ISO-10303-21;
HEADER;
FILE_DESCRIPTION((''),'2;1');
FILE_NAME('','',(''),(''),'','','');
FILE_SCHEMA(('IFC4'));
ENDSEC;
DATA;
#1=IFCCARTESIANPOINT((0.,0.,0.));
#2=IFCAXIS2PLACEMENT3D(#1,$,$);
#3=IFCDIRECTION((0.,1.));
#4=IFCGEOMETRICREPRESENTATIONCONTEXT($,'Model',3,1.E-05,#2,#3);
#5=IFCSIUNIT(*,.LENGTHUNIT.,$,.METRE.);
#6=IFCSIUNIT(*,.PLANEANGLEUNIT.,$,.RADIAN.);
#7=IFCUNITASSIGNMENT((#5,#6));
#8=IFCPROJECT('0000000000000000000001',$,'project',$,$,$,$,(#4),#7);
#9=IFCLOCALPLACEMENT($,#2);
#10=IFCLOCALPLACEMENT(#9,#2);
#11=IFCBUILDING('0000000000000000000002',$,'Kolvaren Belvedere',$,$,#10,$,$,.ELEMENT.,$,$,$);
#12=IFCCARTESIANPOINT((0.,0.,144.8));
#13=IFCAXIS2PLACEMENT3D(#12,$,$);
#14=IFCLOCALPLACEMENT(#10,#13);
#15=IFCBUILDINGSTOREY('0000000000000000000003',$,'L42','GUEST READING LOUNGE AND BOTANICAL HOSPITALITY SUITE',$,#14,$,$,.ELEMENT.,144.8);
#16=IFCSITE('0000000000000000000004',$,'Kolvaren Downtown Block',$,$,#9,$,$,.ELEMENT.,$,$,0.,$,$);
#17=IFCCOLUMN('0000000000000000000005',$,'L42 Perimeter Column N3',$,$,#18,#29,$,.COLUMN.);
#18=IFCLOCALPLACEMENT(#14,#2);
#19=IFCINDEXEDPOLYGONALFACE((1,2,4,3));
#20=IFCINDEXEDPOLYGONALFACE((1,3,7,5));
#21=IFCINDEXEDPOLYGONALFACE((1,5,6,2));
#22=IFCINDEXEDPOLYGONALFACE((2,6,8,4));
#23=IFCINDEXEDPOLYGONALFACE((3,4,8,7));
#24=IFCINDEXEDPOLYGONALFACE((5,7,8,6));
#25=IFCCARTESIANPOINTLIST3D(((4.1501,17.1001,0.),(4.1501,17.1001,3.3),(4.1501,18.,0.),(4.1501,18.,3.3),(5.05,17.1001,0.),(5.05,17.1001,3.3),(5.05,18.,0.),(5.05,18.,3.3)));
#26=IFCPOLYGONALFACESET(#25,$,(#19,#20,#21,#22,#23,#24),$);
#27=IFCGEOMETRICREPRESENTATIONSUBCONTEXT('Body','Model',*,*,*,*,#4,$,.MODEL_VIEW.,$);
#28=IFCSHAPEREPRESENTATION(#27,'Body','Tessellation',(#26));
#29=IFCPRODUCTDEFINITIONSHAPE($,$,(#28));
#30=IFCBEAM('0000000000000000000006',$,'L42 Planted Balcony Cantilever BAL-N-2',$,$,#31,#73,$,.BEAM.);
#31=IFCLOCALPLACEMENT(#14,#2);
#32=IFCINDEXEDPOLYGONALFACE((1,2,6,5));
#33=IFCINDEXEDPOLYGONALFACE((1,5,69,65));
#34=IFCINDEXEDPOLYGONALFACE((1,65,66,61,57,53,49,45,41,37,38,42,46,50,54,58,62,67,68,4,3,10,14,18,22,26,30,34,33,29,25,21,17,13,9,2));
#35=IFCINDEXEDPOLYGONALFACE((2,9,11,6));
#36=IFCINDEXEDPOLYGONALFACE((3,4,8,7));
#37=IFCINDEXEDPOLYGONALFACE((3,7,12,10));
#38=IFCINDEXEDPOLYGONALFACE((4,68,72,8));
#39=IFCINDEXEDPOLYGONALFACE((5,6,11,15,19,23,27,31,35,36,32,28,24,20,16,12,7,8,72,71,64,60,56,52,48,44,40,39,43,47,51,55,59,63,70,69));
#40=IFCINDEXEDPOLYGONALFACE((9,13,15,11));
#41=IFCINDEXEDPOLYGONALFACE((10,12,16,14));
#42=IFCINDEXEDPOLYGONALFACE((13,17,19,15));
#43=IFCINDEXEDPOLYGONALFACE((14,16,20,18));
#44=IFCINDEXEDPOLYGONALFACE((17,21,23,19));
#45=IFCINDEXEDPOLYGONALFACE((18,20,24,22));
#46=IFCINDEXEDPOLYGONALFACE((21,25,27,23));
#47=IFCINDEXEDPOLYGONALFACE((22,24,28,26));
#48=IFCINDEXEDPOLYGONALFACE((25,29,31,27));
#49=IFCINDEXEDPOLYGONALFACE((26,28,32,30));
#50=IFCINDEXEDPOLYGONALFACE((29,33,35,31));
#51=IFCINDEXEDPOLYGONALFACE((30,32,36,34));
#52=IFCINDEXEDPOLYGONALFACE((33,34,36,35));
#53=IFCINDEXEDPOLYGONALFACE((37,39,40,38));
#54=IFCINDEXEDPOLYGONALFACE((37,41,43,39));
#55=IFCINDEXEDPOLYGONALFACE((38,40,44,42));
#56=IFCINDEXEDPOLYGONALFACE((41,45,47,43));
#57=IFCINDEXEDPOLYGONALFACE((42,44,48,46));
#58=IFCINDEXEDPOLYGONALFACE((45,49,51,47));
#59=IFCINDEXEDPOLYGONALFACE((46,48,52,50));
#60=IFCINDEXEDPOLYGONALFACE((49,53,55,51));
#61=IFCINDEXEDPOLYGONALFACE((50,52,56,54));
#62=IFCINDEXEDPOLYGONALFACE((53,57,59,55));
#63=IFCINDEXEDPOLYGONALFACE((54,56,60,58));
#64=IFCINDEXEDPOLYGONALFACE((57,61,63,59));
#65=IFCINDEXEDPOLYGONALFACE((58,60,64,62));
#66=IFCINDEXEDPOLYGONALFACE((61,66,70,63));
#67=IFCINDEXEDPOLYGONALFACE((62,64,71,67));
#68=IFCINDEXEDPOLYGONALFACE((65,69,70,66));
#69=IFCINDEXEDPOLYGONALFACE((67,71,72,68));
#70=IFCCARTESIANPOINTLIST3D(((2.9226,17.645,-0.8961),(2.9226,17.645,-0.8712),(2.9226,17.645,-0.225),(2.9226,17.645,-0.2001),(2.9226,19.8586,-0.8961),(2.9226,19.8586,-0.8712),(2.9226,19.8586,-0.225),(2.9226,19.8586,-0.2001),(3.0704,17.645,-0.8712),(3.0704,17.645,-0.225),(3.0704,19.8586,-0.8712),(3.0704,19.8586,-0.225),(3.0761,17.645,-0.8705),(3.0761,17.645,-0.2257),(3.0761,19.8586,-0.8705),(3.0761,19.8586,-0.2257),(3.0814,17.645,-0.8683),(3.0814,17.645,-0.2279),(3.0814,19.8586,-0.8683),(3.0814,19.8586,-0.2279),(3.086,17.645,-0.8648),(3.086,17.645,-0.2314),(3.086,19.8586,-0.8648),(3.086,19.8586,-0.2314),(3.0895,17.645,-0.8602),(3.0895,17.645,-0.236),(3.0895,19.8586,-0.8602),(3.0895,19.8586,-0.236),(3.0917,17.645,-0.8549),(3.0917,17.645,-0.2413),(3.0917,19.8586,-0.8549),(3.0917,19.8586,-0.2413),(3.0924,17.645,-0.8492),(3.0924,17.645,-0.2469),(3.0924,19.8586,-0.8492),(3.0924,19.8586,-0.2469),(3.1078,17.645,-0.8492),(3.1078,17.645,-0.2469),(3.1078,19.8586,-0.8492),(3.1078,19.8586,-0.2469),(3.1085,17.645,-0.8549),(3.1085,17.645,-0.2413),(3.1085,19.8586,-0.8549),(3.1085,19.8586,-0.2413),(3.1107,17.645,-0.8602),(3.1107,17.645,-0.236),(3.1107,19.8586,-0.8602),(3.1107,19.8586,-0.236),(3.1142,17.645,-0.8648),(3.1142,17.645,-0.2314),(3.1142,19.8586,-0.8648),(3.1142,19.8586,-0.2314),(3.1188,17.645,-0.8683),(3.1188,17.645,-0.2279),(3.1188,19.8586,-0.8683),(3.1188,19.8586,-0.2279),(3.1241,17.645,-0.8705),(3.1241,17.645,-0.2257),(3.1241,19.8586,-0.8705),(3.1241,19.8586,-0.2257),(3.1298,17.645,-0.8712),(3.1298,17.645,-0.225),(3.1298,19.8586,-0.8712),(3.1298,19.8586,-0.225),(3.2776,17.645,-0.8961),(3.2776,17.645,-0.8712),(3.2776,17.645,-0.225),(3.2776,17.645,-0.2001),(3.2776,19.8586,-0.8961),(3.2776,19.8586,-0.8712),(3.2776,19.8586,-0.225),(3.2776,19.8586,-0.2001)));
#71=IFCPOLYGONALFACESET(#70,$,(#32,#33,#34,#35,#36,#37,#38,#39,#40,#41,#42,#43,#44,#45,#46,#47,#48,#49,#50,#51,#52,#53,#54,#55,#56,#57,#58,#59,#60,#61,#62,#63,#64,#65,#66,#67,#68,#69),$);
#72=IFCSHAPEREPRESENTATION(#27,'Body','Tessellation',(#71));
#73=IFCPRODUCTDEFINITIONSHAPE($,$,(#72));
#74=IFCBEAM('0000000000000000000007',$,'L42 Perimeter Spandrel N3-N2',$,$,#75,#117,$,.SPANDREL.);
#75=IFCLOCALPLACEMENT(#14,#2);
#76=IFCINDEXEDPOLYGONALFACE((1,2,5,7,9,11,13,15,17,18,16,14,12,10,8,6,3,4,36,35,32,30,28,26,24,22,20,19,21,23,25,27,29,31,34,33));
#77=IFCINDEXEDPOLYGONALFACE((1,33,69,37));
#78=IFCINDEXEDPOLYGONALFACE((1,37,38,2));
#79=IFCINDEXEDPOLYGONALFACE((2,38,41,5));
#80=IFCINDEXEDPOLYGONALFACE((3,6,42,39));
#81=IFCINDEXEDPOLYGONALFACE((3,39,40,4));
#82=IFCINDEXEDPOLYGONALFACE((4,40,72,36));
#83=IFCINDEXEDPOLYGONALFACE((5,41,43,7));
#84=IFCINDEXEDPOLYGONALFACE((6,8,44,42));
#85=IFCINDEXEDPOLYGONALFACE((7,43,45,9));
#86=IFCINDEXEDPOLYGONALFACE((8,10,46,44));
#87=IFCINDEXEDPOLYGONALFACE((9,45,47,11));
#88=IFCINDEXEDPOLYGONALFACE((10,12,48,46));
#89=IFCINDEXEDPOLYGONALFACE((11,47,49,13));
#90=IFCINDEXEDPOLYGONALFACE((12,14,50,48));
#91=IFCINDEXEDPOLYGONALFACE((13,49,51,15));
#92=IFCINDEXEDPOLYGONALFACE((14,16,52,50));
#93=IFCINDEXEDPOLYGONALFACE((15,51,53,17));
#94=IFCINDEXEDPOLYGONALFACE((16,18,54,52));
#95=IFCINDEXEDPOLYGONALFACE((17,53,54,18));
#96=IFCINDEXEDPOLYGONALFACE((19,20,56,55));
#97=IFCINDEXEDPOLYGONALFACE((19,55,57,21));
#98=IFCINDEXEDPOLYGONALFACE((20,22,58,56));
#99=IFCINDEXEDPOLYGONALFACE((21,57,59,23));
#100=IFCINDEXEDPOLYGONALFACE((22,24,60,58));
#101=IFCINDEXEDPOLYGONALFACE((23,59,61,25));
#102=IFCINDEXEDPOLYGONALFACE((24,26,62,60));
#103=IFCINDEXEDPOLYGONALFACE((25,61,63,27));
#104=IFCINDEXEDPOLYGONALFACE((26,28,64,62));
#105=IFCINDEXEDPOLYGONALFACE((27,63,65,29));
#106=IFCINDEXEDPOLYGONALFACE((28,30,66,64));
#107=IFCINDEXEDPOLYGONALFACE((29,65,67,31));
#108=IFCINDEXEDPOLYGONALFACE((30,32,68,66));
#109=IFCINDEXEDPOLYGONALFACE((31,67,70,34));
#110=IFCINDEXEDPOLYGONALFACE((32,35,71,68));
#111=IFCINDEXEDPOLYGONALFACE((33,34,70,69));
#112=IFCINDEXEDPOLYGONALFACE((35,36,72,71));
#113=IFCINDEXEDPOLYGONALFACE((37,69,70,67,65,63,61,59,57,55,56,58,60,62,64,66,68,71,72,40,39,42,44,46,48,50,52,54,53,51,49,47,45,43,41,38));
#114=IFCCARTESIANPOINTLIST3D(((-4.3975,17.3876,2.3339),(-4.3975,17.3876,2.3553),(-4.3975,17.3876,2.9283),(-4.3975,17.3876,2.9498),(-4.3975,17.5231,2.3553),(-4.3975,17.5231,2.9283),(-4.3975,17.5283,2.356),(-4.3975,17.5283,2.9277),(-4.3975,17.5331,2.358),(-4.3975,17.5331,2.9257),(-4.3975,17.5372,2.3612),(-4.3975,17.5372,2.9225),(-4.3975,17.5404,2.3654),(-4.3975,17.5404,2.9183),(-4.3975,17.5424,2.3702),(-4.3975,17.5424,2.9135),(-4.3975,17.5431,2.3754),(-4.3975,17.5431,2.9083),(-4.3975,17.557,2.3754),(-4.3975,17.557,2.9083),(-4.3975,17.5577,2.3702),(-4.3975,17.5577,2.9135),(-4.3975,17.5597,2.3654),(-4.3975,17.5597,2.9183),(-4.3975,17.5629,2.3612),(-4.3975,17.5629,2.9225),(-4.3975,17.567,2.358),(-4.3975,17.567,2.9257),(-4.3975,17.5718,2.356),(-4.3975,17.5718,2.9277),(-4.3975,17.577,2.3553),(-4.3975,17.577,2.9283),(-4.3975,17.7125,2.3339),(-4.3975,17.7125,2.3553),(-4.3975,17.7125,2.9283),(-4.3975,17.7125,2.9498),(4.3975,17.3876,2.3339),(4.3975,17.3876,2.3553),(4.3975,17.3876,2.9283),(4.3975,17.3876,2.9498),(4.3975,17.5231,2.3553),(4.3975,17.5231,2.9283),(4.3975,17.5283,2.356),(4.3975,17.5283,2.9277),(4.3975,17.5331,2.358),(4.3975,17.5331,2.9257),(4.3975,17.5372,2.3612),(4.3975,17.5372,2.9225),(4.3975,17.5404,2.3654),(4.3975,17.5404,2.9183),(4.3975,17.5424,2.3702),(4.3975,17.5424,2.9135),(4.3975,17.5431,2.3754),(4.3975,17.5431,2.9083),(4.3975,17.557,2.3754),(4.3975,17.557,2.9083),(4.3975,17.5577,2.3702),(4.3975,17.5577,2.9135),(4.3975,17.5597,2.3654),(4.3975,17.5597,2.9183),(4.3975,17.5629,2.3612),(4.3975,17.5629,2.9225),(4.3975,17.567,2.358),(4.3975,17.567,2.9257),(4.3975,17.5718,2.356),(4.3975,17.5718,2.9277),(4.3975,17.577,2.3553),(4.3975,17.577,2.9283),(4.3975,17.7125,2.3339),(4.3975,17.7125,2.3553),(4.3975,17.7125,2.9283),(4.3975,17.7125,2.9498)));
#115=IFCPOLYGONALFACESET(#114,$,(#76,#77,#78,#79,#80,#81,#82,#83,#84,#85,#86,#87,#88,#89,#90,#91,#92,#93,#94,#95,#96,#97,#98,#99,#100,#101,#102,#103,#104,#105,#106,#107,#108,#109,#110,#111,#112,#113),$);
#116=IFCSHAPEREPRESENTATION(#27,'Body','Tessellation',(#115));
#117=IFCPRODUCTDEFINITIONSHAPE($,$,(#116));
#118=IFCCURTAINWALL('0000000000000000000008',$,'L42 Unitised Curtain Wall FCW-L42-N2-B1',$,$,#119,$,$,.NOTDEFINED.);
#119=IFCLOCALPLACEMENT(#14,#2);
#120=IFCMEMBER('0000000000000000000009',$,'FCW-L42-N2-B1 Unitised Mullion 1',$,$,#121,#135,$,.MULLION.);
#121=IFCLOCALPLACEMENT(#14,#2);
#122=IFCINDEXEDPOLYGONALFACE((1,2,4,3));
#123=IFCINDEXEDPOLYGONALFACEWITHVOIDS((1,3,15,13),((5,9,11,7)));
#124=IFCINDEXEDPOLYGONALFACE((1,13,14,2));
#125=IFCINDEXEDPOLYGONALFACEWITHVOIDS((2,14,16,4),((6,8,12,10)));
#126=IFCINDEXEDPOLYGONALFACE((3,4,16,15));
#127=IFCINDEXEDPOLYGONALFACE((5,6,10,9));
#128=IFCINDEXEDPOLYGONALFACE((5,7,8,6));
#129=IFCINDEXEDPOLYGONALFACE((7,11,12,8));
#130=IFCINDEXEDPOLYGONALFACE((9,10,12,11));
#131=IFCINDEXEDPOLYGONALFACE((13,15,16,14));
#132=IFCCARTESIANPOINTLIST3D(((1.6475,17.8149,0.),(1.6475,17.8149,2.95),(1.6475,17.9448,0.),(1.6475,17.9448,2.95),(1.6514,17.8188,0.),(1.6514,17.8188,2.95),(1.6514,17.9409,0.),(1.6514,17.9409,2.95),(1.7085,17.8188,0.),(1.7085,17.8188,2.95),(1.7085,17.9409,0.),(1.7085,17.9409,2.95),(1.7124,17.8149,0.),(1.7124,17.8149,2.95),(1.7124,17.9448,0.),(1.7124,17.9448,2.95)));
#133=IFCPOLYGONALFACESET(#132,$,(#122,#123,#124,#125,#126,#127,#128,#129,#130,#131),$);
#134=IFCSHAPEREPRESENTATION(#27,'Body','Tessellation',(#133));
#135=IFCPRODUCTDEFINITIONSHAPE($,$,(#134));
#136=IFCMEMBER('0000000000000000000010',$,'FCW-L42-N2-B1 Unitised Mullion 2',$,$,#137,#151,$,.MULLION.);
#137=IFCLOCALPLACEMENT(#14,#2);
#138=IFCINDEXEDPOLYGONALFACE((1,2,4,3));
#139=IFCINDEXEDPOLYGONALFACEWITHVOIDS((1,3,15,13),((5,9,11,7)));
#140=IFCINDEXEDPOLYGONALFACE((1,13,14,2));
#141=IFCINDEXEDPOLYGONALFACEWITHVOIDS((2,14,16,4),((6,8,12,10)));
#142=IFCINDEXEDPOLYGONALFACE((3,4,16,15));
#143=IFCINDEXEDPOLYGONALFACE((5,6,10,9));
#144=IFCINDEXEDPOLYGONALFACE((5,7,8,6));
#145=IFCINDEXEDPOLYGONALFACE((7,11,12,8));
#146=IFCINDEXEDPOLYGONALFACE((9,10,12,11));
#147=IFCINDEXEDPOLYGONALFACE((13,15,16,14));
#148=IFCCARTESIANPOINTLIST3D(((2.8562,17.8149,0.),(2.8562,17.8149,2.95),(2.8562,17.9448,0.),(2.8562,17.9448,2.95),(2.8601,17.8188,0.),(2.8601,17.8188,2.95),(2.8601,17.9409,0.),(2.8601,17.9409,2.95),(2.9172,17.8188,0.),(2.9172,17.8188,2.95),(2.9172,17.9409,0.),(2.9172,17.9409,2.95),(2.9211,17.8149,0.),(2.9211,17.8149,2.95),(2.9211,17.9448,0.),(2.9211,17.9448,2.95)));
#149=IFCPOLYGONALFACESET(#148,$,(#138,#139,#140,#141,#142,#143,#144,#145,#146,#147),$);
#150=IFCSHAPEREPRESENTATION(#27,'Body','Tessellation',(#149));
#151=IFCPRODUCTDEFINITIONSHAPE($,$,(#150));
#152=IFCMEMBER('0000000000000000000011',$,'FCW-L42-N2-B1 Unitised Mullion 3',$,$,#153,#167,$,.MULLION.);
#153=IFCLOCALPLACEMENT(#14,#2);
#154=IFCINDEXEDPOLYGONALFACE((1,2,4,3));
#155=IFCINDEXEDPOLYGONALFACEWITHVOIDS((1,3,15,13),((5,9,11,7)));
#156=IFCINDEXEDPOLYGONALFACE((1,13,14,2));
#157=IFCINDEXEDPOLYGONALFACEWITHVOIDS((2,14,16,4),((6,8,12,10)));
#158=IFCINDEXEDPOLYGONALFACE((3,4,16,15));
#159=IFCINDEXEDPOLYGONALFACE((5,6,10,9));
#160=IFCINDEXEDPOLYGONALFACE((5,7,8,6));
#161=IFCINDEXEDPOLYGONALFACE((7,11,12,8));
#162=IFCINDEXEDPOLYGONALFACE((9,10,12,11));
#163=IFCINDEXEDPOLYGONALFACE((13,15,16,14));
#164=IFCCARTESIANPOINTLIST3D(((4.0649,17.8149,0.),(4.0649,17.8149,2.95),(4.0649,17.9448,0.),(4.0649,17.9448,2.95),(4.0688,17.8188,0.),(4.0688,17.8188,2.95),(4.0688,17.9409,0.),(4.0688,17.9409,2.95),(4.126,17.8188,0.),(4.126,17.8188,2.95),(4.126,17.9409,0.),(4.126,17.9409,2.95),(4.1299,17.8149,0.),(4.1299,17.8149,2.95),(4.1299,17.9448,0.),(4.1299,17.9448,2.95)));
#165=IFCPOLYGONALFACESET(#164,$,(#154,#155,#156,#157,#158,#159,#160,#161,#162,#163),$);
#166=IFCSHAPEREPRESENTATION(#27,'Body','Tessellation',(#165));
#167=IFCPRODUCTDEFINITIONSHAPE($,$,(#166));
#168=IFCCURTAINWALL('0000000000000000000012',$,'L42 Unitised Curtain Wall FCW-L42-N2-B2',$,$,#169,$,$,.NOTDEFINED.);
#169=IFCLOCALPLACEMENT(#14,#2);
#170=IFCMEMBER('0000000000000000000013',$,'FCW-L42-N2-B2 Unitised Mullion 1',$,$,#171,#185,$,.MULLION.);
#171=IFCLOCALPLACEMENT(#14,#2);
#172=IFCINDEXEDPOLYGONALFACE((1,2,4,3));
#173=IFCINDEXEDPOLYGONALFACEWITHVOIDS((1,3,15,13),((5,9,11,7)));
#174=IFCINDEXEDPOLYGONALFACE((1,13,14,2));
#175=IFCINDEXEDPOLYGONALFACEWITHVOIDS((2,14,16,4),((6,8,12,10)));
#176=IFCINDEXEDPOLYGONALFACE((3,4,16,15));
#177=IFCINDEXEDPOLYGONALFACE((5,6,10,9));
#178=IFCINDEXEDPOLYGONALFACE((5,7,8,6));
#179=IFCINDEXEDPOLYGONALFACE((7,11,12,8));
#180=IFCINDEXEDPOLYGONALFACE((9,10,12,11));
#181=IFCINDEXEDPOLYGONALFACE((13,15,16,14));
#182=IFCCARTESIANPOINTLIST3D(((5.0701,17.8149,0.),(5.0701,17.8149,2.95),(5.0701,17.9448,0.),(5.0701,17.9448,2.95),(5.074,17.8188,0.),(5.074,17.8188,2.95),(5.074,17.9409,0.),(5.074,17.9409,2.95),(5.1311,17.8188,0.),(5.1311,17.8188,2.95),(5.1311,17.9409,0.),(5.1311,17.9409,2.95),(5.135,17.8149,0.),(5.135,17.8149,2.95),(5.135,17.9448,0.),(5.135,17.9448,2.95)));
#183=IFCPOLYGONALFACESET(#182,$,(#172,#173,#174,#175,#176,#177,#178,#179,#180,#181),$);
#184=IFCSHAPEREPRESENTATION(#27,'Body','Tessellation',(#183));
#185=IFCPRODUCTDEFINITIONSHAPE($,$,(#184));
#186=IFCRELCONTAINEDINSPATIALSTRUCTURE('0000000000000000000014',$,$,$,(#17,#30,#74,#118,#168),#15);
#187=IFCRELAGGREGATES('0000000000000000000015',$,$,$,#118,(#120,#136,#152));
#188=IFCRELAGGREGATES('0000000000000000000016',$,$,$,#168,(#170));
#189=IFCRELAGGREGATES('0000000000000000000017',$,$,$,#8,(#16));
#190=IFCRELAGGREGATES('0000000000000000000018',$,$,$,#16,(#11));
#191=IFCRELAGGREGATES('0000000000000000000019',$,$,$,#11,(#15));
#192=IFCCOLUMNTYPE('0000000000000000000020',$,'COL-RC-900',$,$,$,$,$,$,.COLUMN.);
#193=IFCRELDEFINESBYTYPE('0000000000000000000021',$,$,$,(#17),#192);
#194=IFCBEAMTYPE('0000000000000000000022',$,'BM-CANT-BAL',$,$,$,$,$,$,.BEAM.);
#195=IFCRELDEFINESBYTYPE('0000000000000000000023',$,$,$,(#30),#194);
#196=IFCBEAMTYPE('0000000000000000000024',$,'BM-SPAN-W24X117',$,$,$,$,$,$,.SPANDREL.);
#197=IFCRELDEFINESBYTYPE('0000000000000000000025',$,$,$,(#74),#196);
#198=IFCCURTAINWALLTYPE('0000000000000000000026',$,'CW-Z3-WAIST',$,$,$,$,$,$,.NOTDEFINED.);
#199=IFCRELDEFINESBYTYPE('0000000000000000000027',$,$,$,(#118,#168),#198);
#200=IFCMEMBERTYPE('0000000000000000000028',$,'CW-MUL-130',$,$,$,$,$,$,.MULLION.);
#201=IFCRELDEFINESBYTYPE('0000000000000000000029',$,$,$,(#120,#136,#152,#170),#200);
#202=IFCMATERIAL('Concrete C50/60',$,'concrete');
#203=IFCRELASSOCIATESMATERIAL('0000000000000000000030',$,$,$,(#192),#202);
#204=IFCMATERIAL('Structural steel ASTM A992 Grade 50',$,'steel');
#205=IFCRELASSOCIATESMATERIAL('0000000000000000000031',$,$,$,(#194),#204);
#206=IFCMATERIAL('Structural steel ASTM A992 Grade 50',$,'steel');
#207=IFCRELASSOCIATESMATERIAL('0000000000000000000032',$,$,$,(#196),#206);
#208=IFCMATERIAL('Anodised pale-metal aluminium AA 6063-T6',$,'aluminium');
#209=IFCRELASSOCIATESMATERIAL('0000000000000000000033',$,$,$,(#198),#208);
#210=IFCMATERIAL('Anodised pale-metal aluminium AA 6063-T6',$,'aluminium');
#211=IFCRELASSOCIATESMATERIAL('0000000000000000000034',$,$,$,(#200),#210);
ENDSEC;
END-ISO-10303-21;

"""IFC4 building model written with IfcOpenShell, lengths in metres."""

from ifc_helpers import new_model, si_unit, direction, frame, origin, origin_2d, place, context, subcontext, project, spatial, rectangle, hollow_rectangle, i_section, extrude, material, material_profile, profile_set, type_object, element, aggregate, save


model = new_model("IFC4")

# Units and contexts
model_context = context("Model", 3, precision=1e-05, world=origin(), true_north=direction((0.0, 1.0)))
body_context = subcontext(model_context, "Body", "Model", "MODEL_VIEW")
ifc_project = project(units=[si_unit("LENGTHUNIT", "METRE"), si_unit("PLANEANGLEUNIT", "RADIAN")], contexts=[model_context])

# Site, building, storey
site_placement = place(None, origin())
site = spatial("IfcSite", under=ifc_project, at=site_placement, Name="Kolvaren Downtown Block", CompositionType="ELEMENT", RefElevation=0.0)
building_placement = place(site_placement, origin())
building = spatial("IfcBuilding", under=site, at=building_placement, Name="Kolvaren Belvedere", CompositionType="ELEMENT")
storey_placement = place(building_placement, frame((0.0, 0.0, 144.8)))
storey = spatial("IfcBuildingStorey", under=building, at=storey_placement, Name="L42", Description="GUEST READING LOUNGE AND BOTANICAL HOSPITALITY SUITE", CompositionType="ELEMENT", Elevation=144.8)

# Column
ifc_material_1 = material(Name="Concrete C50/60", Category="concrete")
ifc_material_profile_1 = material_profile(ifc_material_1, rectangle(XDim=0.8999, YDim=0.8999, at=origin_2d()), Name="RC 900X900")
ifc_profile_set_1 = profile_set([ifc_material_profile_1], Name="Concrete C50/60")
column_type = type_object("IfcColumnType", Name="COL-RC-900", PredefinedType="COLUMN", material=ifc_profile_set_1)
column_placement = place(storey_placement, frame((4.6001, 17.55, 0.0), z_axis=(0.0, 0.0, 1.0), x_axis=(1.0, 0.0, 0.0)))
element("IfcColumn", 1, at=column_placement, inside=storey, type_object=column_type, Name="L42 Perimeter Column N3", PredefinedType="COLUMN", context=body_context, shape_type="SweptSolid", body=[
    extrude(rectangle(XDim=0.8999, YDim=0.8999, at=origin_2d()), origin(), (0.0, 0.0, 1.0), 3.3),
])

# Beams
ifc_material_2 = material(Name="Structural steel ASTM A992 Grade 50", Category="steel")
ifc_material_profile_2 = material_profile(ifc_material_2, i_section(OverallWidth=0.355, OverallDepth=0.696, WebThickness=0.0154, FlangeThickness=0.0249, FilletRadius=0.022, at=origin_2d()), Name="W27X146")
ifc_profile_set_2 = profile_set([ifc_material_profile_2], Name="Structural steel ASTM A992 Grade 50")
beam_type_1 = type_object("IfcBeamType", Name="BM-CANT-BAL", PredefinedType="BEAM", material=ifc_profile_set_2)
beam_1_placement = place(storey_placement, frame((3.1001, 17.645, -0.5481), z_axis=(0.0, 1.0, 0.0), x_axis=(-1.0, 0.0, 0.0)))
element("IfcBeam", 2, at=beam_1_placement, inside=storey, type_object=beam_type_1, Name="L42 Planted Balcony Cantilever BAL-N-2", PredefinedType="BEAM", context=body_context, shape_type="SweptSolid", body=[
    extrude(i_section(OverallWidth=0.355, OverallDepth=0.696, WebThickness=0.0154, FlangeThickness=0.0249, FilletRadius=0.022, at=origin_2d()), origin(), (0.0, 0.0, 1.0), 2.2136),
])
ifc_material_3 = material(Name="Structural steel ASTM A992 Grade 50", Category="steel")
ifc_material_profile_3 = material_profile(ifc_material_3, i_section(OverallWidth=0.325, OverallDepth=0.616, WebThickness=0.0139, FlangeThickness=0.0215, FilletRadius=0.02, at=origin_2d()), Name="W24X117")
ifc_profile_set_3 = profile_set([ifc_material_profile_3], Name="Structural steel ASTM A992 Grade 50")
beam_type_2 = type_object("IfcBeamType", Name="BM-SPAN-W24X117", PredefinedType="SPANDREL", material=ifc_profile_set_3)
beam_2_placement = place(storey_placement, frame((4.3975, 17.55, 2.6418), z_axis=(-1.0, 0.0, 0.0), x_axis=(0.0, -1.0, 0.0)))
element("IfcBeam", 3, at=beam_2_placement, inside=storey, type_object=beam_type_2, Name="L42 Perimeter Spandrel N3-N2", PredefinedType="SPANDREL", context=body_context, shape_type="SweptSolid", body=[
    extrude(i_section(OverallWidth=0.325, OverallDepth=0.616, WebThickness=0.0139, FlangeThickness=0.0215, FilletRadius=0.02, at=origin_2d()), origin(), (0.0, 0.0, 1.0), 8.7949),
])

# Curtain walls, members
ifc_material_4 = material(Name="Anodised pale-metal aluminium AA 6063-T6", Category="aluminium")
curtain_wall_type = type_object("IfcCurtainWallType", Name="CW-Z3-WAIST", PredefinedType="NOTDEFINED", material=ifc_material_4)
curtain_wall_1_placement = place(storey_placement, origin())
curtain_wall_1 = element("IfcCurtainWall", 4, at=curtain_wall_1_placement, inside=storey, type_object=curtain_wall_type, Name="L42 Unitised Curtain Wall FCW-L42-N2-B1", PredefinedType="NOTDEFINED")
ifc_material_5 = material(Name="Anodised pale-metal aluminium AA 6063-T6", Category="aluminium")
ifc_material_profile_4 = material_profile(ifc_material_5, hollow_rectangle(XDim=0.0649, YDim=0.1299, WallThickness=0.0039, at=origin_2d()), Name="ALU-MUL-130X65")
ifc_profile_set_4 = profile_set([ifc_material_profile_4], Name="Anodised pale-metal aluminium AA 6063-T6")
member_type_1 = type_object("IfcMemberType", Name="CW-MUL-130", PredefinedType="MULLION", material=ifc_profile_set_4)
member_1_placement = place(storey_placement, frame((1.6799, 17.8799, 0.0), z_axis=(0.0, 0.0, 1.0), x_axis=(1.0, 0.0, 0.0)))
member_1 = element("IfcMember", 5, at=member_1_placement, type_object=member_type_1, Name="FCW-L42-N2-B1 Unitised Mullion 1", PredefinedType="MULLION", context=body_context, shape_type="SweptSolid", body=[
    extrude(hollow_rectangle(XDim=0.0649, YDim=0.1299, WallThickness=0.0039, at=origin_2d()), origin(), (0.0, 0.0, 1.0), 2.95),
])
member_2_placement = place(storey_placement, frame((2.8887, 17.8799, 0.0), z_axis=(0.0, 0.0, 1.0), x_axis=(1.0, 0.0, 0.0)))
member_2 = element("IfcMember", 6, at=member_2_placement, type_object=member_type_1, Name="FCW-L42-N2-B1 Unitised Mullion 2", PredefinedType="MULLION", context=body_context, shape_type="SweptSolid", body=[
    extrude(hollow_rectangle(XDim=0.0649, YDim=0.1299, WallThickness=0.0039, at=origin_2d()), origin(), (0.0, 0.0, 1.0), 2.95),
])
member_3_placement = place(storey_placement, frame((4.0974, 17.8799, 0.0), z_axis=(0.0, 0.0, 1.0), x_axis=(1.0, 0.0, 0.0)))
member_3 = element("IfcMember", 7, at=member_3_placement, type_object=member_type_1, Name="FCW-L42-N2-B1 Unitised Mullion 3", PredefinedType="MULLION", context=body_context, shape_type="SweptSolid", body=[
    extrude(hollow_rectangle(XDim=0.0649, YDim=0.1299, WallThickness=0.0039, at=origin_2d()), origin(), (0.0, 0.0, 1.0), 2.95),
])
curtain_wall_2_placement = place(storey_placement, origin())
curtain_wall_2 = element("IfcCurtainWall", 8, at=curtain_wall_2_placement, inside=storey, type_object=curtain_wall_type, Name="L42 Unitised Curtain Wall FCW-L42-N2-B2", PredefinedType="NOTDEFINED")
member_4_placement = place(storey_placement, frame((5.1025, 17.8799, 0.0), z_axis=(0.0, 0.0, 1.0), x_axis=(1.0, 0.0, 0.0)))
member_4 = element("IfcMember", 9, at=member_4_placement, type_object=member_type_1, Name="FCW-L42-N2-B2 Unitised Mullion 1", PredefinedType="MULLION", context=body_context, shape_type="SweptSolid", body=[
    extrude(hollow_rectangle(XDim=0.0649, YDim=0.1299, WallThickness=0.0039, at=origin_2d()), origin(), (0.0, 0.0, 1.0), 2.95),
])

aggregate(curtain_wall_1, [member_1, member_2, member_3])
aggregate(curtain_wall_2, [member_4])

save(model, "model.ifc")
